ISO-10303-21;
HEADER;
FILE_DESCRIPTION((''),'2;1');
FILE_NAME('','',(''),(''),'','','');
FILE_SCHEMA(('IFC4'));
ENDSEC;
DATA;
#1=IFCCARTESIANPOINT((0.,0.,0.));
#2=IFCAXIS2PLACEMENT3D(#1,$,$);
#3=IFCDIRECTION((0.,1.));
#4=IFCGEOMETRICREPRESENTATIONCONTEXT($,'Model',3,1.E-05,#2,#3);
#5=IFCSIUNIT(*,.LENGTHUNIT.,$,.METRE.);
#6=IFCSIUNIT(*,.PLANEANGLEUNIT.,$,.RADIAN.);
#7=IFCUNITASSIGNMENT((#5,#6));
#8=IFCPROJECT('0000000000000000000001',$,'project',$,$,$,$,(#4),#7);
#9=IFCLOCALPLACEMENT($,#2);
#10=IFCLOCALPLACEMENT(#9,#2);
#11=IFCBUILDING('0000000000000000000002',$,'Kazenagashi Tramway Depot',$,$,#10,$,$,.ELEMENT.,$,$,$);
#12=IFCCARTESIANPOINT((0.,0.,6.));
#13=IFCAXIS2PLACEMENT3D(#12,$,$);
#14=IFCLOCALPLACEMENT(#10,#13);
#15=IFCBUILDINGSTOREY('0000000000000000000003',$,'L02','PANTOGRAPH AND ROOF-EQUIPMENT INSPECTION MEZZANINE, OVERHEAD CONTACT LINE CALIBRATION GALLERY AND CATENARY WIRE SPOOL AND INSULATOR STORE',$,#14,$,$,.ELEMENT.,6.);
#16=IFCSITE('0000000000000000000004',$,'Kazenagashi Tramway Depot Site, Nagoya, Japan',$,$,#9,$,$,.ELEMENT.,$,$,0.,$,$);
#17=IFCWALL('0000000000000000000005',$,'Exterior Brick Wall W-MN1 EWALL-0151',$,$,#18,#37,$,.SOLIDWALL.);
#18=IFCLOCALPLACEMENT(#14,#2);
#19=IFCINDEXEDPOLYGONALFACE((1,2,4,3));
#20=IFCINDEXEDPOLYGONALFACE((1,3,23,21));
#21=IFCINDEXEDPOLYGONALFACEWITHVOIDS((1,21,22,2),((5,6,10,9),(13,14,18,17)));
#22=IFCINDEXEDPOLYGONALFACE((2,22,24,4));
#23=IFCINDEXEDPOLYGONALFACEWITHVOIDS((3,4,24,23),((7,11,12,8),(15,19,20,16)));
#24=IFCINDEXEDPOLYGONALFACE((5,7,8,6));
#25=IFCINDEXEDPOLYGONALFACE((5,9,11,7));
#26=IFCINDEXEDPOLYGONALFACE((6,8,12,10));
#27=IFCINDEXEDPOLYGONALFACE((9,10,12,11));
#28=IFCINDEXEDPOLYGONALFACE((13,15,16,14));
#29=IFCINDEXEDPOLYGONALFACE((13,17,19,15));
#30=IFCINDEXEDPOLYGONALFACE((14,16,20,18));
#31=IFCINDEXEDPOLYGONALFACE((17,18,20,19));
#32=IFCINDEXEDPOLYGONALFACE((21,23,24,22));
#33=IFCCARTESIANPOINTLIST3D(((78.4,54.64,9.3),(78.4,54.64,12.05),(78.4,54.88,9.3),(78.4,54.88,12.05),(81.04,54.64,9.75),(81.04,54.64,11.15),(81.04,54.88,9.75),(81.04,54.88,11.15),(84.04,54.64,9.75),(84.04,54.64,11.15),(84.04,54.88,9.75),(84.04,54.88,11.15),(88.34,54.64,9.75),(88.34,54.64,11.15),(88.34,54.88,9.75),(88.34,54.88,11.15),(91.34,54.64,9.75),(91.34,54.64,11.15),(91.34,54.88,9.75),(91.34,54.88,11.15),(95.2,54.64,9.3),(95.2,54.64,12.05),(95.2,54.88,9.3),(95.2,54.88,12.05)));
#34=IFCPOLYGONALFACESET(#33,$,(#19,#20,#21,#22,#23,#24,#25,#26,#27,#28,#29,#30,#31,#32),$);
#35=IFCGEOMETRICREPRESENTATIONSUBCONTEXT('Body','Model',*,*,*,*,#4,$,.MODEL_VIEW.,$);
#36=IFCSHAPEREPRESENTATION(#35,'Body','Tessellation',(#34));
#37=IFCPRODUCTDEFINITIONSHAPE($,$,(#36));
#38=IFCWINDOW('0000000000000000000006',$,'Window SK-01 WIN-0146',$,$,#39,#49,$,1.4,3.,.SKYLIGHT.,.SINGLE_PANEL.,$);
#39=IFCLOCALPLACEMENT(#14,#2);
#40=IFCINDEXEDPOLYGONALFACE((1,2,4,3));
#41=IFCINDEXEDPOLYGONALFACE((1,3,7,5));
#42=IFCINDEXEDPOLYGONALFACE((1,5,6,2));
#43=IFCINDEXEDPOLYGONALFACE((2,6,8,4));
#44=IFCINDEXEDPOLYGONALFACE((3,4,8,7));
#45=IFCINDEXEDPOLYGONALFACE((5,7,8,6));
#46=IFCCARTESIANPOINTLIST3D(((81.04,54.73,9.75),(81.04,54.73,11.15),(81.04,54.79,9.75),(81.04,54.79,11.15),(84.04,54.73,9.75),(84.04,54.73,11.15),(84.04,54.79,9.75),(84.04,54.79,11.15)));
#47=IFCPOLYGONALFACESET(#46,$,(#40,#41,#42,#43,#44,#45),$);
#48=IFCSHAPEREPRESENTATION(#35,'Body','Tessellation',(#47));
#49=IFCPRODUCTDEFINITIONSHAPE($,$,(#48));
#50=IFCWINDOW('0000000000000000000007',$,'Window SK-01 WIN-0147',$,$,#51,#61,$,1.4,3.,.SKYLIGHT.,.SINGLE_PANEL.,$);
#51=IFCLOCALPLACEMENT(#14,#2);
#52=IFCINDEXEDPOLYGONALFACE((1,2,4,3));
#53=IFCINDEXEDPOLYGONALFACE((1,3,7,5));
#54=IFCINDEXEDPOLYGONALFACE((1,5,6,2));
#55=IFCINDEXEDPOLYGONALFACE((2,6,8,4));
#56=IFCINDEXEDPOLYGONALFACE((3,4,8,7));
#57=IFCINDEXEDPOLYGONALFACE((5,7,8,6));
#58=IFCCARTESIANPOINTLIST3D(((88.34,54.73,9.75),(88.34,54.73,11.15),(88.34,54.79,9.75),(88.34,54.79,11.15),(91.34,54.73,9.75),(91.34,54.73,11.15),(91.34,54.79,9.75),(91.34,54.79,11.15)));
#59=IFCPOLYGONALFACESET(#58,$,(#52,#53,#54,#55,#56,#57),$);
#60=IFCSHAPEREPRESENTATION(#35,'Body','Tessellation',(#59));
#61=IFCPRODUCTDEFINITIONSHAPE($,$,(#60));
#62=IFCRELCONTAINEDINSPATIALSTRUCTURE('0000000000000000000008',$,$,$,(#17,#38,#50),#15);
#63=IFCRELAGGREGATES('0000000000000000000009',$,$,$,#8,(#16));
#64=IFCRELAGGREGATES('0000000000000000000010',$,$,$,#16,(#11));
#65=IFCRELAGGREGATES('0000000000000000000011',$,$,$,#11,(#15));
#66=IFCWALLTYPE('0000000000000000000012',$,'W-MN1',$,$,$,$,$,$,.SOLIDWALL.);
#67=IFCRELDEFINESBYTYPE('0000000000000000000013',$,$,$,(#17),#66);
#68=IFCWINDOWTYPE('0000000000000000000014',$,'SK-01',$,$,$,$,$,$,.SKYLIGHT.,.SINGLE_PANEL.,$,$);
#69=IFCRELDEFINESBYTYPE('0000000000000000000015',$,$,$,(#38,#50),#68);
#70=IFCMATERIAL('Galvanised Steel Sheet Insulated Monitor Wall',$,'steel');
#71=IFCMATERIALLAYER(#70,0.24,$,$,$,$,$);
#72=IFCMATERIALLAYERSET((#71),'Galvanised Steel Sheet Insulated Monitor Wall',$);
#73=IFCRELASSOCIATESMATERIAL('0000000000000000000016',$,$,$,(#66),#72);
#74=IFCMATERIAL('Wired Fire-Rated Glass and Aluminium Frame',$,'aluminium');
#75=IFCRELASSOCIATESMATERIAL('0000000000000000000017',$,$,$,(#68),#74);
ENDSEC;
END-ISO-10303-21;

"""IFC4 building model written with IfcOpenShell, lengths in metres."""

from ifc_helpers import new_model, si_unit, direction, frame, frame_2d, origin, place, context, subcontext, project, spatial, rectangle, extrude, material, layer, layer_set, type_object, element, fill, save


model = new_model("IFC4")

# Units and contexts
model_context = context("Model", 3, precision=1e-05, world=origin(), true_north=direction((0.0, 1.0)))
body_context = subcontext(model_context, "Body", "Model", "MODEL_VIEW")
ifc_project = project(units=[si_unit("LENGTHUNIT", "METRE"), si_unit("PLANEANGLEUNIT", "RADIAN")], contexts=[model_context])

# Site, building, storey
site_placement = place(None, origin())
site = spatial("IfcSite", under=ifc_project, at=site_placement, Name="Kazenagashi Tramway Depot Site, Nagoya, Japan", CompositionType="ELEMENT", RefElevation=0.0)
building_placement = place(site_placement, origin())
building = spatial("IfcBuilding", under=site, at=building_placement, Name="Kazenagashi Tramway Depot", CompositionType="ELEMENT")
storey_placement = place(building_placement, frame((0.0, 0.0, 6.0)))
storey = spatial("IfcBuildingStorey", under=building, at=storey_placement, Name="L02", Description="PANTOGRAPH AND ROOF-EQUIPMENT INSPECTION MEZZANINE, OVERHEAD CONTACT LINE CALIBRATION GALLERY AND CATENARY WIRE SPOOL AND INSULATOR STORE", CompositionType="ELEMENT", Elevation=6.0)

# Wall, openings, windows
ifc_material_1 = material(Name="Galvanised Steel Sheet Insulated Monitor Wall", Category="steel")
ifc_layer_1 = layer(ifc_material_1, 0.24)
ifc_layer_set_1 = layer_set([ifc_layer_1], Name="Galvanised Steel Sheet Insulated Monitor Wall")
wall_type = type_object("IfcWallType", Name="W-MN1", PredefinedType="SOLIDWALL", material=ifc_layer_set_1)
wall_placement = place(storey_placement, frame((78.4, 54.76, 9.3), z_axis=(0.0, 0.0, 1.0), x_axis=(1.0, 0.0, 0.0)))
wall = element("IfcWall", 1, at=wall_placement, inside=storey, type_object=wall_type, Name="Exterior Brick Wall W-MN1 EWALL-0151", PredefinedType="SOLIDWALL", context=body_context, shape_type="SweptSolid", body=[
    extrude(rectangle(XDim=16.8, YDim=0.24, at=frame_2d((8.4, 0.0))), origin(), (0.0, 0.0, 1.0), 2.75),
])
opening_1_placement = place(wall_placement, frame((2.64, 0.0, 0.45)))
opening_1 = element("IfcOpeningElement", 2, at=opening_1_placement, cuts=wall, PredefinedType="OPENING", context=body_context, shape_type="SweptSolid", body=[
    extrude(rectangle(XDim=3.0, YDim=1.4, at=frame_2d((1.5, 0.7))), frame((0.0, 0.13, 0.0), z_axis=(0.0, -1.0, 0.0), x_axis=(1.0, 0.0, 0.0)), (0.0, 0.0, 1.0), 0.26),
])
opening_2_placement = place(wall_placement, frame((9.94, 0.0, 0.45)))
opening_2 = element("IfcOpeningElement", 3, at=opening_2_placement, cuts=wall, PredefinedType="OPENING", context=body_context, shape_type="SweptSolid", body=[
    extrude(rectangle(XDim=3.0, YDim=1.4, at=frame_2d((1.5, 0.7))), frame((0.0, 0.13, 0.0), z_axis=(0.0, -1.0, 0.0), x_axis=(1.0, 0.0, 0.0)), (0.0, 0.0, 1.0), 0.26),
])
ifc_material_2 = material(Name="Wired Fire-Rated Glass and Aluminium Frame", Category="aluminium")
window_type = type_object("IfcWindowType", Name="SK-01", PartitioningType="SINGLE_PANEL", PredefinedType="SKYLIGHT", material=ifc_material_2)
window_1_placement = place(opening_1_placement, origin())
window_1 = element("IfcWindow", 4, at=window_1_placement, inside=storey, type_object=window_type, Name="Window SK-01 WIN-0146", OverallHeight=1.4, OverallWidth=3.0, PartitioningType="SINGLE_PANEL", PredefinedType="SKYLIGHT", context=body_context, shape_type="SweptSolid", body=[
    extrude(rectangle(XDim=3.0, YDim=1.4, at=frame_2d((1.5, 0.7))), frame((0.0, 0.03, 0.0), z_axis=(0.0, -1.0, 0.0), x_axis=(1.0, 0.0, 0.0)), (0.0, 0.0, 1.0), 0.06),
])
fill(opening_1, window_1)
window_2_placement = place(opening_2_placement, origin())
window_2 = element("IfcWindow", 5, at=window_2_placement, inside=storey, type_object=window_type, Name="Window SK-01 WIN-0147", OverallHeight=1.4, OverallWidth=3.0, PartitioningType="SINGLE_PANEL", PredefinedType="SKYLIGHT", context=body_context, shape_type="SweptSolid", body=[
    extrude(rectangle(XDim=3.0, YDim=1.4, at=frame_2d((1.5, 0.7))), frame((0.0, 0.03, 0.0), z_axis=(0.0, -1.0, 0.0), x_axis=(1.0, 0.0, 0.0)), (0.0, 0.0, 1.0), 0.06),
])
fill(opening_2, window_2)

save(model, "model.ifc")
